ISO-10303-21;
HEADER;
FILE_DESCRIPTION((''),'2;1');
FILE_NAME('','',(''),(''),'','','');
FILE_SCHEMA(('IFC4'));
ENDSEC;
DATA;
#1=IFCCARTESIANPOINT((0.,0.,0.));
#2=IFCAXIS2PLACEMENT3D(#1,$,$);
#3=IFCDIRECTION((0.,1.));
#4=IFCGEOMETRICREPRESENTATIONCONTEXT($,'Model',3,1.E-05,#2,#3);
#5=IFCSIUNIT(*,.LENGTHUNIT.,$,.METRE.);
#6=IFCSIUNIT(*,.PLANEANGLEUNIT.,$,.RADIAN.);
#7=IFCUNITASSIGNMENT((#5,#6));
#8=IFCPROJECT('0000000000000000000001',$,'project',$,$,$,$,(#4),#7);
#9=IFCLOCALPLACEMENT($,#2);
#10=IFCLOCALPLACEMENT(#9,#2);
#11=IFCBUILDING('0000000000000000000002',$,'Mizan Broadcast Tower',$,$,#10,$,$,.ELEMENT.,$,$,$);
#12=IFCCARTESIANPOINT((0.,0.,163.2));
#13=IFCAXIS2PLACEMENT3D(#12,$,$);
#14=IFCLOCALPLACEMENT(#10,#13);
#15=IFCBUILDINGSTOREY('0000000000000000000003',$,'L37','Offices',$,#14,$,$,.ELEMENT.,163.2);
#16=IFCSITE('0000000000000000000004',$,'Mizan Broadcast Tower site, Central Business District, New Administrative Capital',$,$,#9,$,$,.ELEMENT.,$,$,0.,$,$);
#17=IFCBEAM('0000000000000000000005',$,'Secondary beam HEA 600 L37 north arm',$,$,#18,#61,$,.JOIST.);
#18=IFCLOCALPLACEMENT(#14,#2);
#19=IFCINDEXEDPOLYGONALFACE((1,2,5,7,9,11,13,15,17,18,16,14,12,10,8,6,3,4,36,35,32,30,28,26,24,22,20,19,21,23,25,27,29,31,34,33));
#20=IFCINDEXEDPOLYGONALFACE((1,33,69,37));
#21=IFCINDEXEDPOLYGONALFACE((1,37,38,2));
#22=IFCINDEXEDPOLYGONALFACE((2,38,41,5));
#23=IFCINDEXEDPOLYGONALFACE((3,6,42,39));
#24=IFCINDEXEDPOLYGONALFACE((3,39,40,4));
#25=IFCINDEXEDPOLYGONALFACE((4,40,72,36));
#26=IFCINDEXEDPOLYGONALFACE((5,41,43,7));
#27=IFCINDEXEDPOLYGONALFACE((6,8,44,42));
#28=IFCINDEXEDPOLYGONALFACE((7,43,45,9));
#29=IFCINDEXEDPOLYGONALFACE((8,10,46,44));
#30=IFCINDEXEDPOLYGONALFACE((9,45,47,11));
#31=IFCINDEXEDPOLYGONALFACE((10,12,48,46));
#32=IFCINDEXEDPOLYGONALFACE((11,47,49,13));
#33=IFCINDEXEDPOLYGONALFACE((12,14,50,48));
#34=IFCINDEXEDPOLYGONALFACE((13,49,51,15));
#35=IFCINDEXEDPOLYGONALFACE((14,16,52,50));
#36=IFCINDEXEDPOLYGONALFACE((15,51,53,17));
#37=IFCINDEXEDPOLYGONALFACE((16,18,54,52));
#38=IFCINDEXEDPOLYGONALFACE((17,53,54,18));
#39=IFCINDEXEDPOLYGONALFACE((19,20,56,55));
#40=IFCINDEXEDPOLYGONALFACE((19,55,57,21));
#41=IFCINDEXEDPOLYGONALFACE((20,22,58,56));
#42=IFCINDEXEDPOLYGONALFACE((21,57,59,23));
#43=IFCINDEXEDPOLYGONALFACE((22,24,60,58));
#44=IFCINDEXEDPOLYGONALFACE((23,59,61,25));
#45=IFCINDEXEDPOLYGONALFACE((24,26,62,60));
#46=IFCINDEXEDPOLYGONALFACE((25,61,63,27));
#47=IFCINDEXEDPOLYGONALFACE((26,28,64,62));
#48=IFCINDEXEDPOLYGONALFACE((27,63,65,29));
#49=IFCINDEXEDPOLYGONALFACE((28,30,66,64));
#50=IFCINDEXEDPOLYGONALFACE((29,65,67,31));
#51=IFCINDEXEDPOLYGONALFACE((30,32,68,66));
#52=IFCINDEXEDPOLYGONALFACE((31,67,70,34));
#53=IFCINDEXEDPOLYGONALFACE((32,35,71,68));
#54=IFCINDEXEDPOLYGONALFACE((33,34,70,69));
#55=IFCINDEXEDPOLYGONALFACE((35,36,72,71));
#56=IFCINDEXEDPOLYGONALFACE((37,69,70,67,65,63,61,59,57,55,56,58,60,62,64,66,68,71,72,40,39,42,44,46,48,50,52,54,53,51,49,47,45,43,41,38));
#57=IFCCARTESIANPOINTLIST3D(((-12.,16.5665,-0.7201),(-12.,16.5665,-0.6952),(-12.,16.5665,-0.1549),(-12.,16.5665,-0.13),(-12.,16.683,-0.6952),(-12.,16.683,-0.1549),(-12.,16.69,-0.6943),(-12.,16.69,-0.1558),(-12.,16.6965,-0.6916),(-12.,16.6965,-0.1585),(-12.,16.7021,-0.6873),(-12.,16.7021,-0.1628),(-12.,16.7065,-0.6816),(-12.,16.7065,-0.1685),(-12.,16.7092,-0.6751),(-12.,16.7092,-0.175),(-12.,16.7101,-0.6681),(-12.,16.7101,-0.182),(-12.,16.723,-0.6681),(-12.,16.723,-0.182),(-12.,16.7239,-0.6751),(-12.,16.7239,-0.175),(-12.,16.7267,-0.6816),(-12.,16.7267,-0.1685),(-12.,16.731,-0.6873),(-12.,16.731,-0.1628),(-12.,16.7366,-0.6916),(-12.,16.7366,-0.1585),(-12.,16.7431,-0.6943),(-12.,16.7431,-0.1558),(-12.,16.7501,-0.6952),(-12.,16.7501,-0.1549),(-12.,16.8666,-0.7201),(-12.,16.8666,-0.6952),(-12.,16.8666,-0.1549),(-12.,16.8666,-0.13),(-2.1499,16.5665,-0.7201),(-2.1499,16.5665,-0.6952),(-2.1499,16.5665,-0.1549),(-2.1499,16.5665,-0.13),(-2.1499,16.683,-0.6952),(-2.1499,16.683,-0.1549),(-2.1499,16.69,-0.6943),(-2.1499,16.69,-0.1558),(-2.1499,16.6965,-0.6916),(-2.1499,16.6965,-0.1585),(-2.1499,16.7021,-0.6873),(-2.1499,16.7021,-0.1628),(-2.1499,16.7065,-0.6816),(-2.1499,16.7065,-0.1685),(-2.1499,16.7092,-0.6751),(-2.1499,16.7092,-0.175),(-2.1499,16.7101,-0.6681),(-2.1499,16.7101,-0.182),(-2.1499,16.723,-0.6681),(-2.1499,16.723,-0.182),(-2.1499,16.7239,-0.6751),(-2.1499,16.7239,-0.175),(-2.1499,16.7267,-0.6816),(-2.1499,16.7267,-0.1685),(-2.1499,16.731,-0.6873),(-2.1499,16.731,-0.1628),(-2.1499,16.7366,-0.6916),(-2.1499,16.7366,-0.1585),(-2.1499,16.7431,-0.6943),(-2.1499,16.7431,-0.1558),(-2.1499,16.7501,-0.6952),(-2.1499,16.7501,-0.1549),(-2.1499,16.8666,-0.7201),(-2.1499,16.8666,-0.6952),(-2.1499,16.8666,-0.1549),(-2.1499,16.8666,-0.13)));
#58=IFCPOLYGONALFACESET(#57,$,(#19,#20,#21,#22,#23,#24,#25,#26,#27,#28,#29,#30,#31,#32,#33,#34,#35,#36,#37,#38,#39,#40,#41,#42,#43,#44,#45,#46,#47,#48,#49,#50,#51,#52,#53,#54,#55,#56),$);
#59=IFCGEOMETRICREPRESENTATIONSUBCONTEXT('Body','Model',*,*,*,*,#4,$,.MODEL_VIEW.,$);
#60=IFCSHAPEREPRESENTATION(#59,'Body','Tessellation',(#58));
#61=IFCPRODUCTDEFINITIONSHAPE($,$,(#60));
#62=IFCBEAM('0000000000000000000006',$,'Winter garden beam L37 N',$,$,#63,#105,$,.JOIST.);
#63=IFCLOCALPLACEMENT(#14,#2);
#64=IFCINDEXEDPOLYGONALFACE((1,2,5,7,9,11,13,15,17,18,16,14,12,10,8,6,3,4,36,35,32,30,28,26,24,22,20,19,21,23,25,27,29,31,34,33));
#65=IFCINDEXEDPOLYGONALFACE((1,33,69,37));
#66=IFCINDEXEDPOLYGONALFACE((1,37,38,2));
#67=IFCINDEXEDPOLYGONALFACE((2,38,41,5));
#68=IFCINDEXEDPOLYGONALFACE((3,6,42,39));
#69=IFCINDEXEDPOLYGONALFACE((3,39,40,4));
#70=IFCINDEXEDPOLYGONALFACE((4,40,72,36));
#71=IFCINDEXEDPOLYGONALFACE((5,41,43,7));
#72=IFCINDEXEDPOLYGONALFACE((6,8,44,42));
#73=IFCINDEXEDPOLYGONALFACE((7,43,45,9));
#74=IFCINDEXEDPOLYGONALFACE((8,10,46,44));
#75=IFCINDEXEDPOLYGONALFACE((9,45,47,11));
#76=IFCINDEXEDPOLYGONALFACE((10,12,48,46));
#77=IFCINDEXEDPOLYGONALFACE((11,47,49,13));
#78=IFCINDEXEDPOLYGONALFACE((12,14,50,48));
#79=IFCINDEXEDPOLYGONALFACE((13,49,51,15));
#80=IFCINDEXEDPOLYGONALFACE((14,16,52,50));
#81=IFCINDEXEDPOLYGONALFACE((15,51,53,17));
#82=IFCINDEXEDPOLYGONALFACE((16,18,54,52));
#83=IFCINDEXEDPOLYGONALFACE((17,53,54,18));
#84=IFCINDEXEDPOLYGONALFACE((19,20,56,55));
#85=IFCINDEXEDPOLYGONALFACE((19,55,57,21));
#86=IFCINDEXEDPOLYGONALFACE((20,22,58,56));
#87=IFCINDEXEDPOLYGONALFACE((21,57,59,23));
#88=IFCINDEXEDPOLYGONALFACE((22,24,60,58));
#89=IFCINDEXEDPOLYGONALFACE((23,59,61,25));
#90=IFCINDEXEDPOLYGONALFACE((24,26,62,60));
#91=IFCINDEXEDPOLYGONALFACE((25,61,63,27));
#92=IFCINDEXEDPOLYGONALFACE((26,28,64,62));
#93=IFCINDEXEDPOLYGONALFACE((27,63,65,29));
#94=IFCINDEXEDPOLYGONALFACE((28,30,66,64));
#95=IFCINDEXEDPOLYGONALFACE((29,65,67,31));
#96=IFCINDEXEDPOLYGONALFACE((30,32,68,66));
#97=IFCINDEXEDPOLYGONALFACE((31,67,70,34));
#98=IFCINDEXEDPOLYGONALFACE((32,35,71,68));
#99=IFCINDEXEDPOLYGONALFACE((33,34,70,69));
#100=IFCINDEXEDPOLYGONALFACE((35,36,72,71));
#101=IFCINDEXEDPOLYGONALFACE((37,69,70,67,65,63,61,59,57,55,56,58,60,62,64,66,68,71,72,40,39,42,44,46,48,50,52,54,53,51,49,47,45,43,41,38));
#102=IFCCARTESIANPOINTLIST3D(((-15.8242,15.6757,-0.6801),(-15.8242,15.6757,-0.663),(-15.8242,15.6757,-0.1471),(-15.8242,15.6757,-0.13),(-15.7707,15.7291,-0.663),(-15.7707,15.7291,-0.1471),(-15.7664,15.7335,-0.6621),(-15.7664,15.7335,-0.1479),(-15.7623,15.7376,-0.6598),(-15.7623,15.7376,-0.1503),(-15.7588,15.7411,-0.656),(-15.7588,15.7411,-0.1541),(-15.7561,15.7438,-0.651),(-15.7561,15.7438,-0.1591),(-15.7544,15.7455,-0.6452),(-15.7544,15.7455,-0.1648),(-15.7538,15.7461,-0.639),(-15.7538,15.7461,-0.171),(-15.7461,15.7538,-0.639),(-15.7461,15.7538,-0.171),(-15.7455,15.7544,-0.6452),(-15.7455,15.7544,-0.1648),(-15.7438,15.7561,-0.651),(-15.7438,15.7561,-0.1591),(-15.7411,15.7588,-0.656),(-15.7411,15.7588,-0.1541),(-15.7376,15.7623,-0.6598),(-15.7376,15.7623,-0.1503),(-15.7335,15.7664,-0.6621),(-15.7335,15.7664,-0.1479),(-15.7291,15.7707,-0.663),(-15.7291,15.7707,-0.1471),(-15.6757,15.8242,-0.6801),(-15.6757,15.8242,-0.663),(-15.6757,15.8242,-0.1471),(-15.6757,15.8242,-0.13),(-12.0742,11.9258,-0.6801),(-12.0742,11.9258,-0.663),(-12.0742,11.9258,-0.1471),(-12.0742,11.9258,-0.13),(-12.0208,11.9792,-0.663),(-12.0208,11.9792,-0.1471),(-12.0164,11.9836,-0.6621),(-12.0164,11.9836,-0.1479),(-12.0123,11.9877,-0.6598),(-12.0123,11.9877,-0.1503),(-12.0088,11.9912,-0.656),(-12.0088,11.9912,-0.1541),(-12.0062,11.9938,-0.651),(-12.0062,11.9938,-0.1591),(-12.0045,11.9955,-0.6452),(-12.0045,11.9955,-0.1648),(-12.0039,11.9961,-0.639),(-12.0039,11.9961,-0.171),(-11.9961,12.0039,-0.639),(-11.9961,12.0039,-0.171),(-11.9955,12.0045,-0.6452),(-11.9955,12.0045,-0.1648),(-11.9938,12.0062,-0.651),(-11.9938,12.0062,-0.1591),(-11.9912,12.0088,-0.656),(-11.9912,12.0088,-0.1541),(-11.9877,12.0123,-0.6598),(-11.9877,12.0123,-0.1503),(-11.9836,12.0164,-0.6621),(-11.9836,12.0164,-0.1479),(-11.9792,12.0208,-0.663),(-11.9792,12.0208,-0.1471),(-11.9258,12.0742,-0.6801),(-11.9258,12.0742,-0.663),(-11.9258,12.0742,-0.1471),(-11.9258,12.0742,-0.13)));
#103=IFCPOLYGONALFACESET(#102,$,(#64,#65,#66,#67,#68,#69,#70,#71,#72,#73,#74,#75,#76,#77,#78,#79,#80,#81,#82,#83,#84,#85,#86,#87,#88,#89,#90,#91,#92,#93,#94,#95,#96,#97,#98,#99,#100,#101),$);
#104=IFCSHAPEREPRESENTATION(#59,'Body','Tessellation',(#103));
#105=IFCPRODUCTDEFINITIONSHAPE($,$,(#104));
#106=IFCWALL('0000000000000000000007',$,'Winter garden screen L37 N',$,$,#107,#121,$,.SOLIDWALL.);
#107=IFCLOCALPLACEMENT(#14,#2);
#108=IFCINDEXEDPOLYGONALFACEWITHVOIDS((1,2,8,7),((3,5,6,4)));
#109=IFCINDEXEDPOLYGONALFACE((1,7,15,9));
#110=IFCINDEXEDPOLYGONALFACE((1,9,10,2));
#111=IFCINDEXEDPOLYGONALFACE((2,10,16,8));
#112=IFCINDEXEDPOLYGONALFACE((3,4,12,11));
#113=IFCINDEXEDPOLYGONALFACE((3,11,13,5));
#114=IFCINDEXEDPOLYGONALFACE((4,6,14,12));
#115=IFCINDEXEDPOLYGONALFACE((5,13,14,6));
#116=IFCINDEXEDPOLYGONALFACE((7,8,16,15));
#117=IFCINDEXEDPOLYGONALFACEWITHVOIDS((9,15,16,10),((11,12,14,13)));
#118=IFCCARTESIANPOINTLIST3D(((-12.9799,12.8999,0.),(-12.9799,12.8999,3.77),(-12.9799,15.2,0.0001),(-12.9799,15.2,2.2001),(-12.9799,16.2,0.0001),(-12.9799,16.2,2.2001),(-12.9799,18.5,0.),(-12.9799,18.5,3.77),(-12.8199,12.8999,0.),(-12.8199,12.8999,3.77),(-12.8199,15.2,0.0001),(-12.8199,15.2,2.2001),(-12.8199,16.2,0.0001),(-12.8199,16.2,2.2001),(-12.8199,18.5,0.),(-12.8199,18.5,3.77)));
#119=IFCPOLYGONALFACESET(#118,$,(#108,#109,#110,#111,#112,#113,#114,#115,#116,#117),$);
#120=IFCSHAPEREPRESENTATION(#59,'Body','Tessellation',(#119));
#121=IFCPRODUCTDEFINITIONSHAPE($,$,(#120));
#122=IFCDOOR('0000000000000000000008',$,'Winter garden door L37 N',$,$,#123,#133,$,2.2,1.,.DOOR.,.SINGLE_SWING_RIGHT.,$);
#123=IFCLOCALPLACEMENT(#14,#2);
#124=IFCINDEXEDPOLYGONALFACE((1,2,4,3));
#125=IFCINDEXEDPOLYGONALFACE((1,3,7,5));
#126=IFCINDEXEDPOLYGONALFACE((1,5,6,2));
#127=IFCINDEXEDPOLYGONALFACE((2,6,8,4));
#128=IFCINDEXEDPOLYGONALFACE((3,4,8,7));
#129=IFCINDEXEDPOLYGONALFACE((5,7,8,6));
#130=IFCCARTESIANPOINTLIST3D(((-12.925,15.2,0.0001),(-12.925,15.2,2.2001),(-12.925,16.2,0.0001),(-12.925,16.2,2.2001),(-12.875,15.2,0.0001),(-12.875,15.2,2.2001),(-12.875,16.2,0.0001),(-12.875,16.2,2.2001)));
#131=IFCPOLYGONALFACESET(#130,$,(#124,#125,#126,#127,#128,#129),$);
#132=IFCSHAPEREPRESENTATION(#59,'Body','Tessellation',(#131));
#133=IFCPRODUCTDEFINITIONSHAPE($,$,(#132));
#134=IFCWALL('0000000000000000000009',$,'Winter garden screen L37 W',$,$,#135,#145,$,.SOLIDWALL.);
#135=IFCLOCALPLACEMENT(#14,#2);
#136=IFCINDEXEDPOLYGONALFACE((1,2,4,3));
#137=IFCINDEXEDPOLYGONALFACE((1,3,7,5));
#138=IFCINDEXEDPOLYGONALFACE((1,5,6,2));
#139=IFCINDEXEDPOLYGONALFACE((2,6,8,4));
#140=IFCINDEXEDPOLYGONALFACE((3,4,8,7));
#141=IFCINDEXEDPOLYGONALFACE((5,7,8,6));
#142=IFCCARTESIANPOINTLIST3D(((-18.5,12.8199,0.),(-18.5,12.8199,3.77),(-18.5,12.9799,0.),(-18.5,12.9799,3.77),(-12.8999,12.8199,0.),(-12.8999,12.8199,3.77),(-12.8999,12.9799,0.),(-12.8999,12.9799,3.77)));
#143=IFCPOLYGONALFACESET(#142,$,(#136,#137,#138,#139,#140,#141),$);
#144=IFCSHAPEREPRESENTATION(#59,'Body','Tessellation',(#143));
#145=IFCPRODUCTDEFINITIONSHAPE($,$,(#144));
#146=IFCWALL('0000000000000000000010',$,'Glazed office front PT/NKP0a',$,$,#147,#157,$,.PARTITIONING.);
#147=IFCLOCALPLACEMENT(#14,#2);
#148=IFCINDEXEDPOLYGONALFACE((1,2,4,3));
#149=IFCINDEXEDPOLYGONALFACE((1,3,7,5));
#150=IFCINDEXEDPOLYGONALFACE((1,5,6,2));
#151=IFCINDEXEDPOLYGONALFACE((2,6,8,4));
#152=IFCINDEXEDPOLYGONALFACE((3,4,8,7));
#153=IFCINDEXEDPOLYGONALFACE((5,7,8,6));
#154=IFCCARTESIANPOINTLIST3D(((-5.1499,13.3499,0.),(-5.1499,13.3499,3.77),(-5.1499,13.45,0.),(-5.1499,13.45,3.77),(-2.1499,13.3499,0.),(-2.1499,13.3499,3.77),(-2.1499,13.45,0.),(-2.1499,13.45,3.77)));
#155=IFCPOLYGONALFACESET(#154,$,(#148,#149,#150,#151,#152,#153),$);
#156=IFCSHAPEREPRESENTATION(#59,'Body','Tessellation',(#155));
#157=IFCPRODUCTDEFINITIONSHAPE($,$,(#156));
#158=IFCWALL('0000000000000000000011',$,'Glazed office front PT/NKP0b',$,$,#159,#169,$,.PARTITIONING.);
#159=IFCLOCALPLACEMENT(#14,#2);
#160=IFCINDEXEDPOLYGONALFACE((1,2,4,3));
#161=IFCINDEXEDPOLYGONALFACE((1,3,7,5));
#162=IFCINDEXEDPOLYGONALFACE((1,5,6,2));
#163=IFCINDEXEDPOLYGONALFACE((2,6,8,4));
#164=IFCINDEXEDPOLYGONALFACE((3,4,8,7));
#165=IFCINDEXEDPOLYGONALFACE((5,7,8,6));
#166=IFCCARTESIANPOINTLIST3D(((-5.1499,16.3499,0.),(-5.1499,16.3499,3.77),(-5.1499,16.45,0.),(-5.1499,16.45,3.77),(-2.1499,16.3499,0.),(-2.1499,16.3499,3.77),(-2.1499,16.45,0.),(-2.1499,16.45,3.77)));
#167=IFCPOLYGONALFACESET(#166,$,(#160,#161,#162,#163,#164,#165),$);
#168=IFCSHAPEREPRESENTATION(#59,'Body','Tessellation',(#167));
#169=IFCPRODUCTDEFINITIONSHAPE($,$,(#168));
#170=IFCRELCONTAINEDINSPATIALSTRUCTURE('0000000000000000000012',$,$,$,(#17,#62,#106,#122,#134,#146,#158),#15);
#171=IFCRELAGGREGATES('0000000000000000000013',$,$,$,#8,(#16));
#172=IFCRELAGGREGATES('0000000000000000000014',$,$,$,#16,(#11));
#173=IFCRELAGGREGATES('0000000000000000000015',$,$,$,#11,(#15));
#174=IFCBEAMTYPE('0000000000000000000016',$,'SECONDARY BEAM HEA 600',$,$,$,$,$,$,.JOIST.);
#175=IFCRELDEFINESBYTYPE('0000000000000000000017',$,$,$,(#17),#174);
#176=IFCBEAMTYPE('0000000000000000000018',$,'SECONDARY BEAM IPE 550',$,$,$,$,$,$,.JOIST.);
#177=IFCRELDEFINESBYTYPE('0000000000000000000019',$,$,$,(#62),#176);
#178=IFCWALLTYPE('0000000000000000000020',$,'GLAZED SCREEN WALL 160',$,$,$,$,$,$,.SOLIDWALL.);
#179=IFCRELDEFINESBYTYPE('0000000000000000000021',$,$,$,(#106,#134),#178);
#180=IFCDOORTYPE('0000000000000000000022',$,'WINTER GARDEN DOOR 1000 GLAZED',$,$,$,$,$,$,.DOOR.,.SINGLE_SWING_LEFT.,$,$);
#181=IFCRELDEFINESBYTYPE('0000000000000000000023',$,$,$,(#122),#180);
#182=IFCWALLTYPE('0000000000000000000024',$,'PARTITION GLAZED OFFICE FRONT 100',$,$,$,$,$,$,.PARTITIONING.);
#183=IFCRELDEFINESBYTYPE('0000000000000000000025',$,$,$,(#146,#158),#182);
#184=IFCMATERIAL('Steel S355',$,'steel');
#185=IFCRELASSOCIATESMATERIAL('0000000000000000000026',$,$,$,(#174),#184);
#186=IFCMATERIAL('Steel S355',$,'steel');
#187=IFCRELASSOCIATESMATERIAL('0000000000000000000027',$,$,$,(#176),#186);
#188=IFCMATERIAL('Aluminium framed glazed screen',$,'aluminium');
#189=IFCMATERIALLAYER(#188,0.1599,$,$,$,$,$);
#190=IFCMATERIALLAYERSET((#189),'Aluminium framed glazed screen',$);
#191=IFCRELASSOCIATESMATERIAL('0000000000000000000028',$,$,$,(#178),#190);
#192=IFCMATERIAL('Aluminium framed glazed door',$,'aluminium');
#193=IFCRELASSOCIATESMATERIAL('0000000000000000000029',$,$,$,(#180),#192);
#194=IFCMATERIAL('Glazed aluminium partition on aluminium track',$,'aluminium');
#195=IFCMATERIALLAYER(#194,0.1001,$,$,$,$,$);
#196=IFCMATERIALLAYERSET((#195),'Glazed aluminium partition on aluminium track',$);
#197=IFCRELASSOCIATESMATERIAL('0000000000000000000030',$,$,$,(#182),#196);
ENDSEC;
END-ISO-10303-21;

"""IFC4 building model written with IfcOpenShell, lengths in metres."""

from ifc_helpers import new_model, si_unit, direction, frame, frame_2d, origin, origin_2d, place, context, subcontext, project, spatial, rectangle, i_section, extrude, material, layer, layer_set, material_profile, profile_set, type_object, element, fill, save


model = new_model("IFC4")

# Units and contexts
model_context = context("Model", 3, precision=1e-05, world=origin(), true_north=direction((0.0, 1.0)))
body_context = subcontext(model_context, "Body", "Model", "MODEL_VIEW")
ifc_project = project(units=[si_unit("LENGTHUNIT", "METRE"), si_unit("PLANEANGLEUNIT", "RADIAN")], contexts=[model_context])

# Site, building, storey
site_placement = place(None, origin())
site = spatial("IfcSite", under=ifc_project, at=site_placement, Name="Mizan Broadcast Tower site, Central Business District, New Administrative Capital", CompositionType="ELEMENT", RefElevation=0.0)
building_placement = place(site_placement, origin())
building = spatial("IfcBuilding", under=site, at=building_placement, Name="Mizan Broadcast Tower", CompositionType="ELEMENT")
storey_placement = place(building_placement, frame((0.0, 0.0, 163.2)))
storey = spatial("IfcBuildingStorey", under=building, at=storey_placement, Name="L37", Description="Offices", CompositionType="ELEMENT", Elevation=163.2)

# Beams
ifc_material_1 = material(Name="Steel S355", Category="steel")
ifc_material_profile_1 = material_profile(ifc_material_1, i_section(OverallWidth=0.3, OverallDepth=0.5901, WebThickness=0.0129, FlangeThickness=0.0249, FilletRadius=0.0271, at=origin_2d()), Name="HEA 600")
ifc_profile_set_1 = profile_set([ifc_material_profile_1], Name="Steel S355")
beam_type_1 = type_object("IfcBeamType", Name="SECONDARY BEAM HEA 600", PredefinedType="JOIST", material=ifc_profile_set_1)
for number, where, z_axis, x_axis, name in (
    (1, (-12.0, 16.7166, -0.425), (1.0, 0.0, 0.0), (0.0, 1.0, 0.0), "Secondary beam HEA 600 L37 north arm"),
):
    element("IfcBeam", number, at=place(storey_placement, frame(where, z_axis=z_axis, x_axis=x_axis)), inside=storey, type_object=beam_type_1, Name=name, PredefinedType="JOIST", context=body_context, shape_type="SweptSolid", body=[
        extrude(i_section(OverallWidth=0.3, OverallDepth=0.5901, WebThickness=0.0129, FlangeThickness=0.0249, FilletRadius=0.0271, at=origin_2d()), origin(), (0.0, 0.0, 1.0), 9.8501),
    ])
ifc_material_2 = material(Name="Steel S355", Category="steel")
ifc_material_profile_2 = material_profile(ifc_material_2, i_section(OverallWidth=0.21, OverallDepth=0.55, WebThickness=0.011, FlangeThickness=0.0171, FilletRadius=0.0239, at=origin_2d()), Name="IPE 550")
ifc_profile_set_2 = profile_set([ifc_material_profile_2], Name="Steel S355")
beam_type_2 = type_object("IfcBeamType", Name="SECONDARY BEAM IPE 550", PredefinedType="JOIST", material=ifc_profile_set_2)
beam_1_placement = place(storey_placement, frame((-12.0, 12.0, -0.405), z_axis=(-0.707107, 0.707107, 0.0), x_axis=(-0.707107, -0.707107, 0.0)))
element("IfcBeam", 2, at=beam_1_placement, inside=storey, type_object=beam_type_2, Name="Winter garden beam L37 N", PredefinedType="JOIST", context=body_context, shape_type="SweptSolid", body=[
    extrude(i_section(OverallWidth=0.21, OverallDepth=0.55, WebThickness=0.011, FlangeThickness=0.0171, FilletRadius=0.0239, at=origin_2d()), origin(), (0.0, 0.0, 1.0), 5.3032),
])

# Wall, opening, door
ifc_material_3 = material(Name="Aluminium framed glazed screen", Category="aluminium")
ifc_layer_1 = layer(ifc_material_3, 0.1599)
ifc_layer_set_1 = layer_set([ifc_layer_1], Name="Aluminium framed glazed screen")
wall_type_1 = type_object("IfcWallType", Name="GLAZED SCREEN WALL 160", PredefinedType="SOLIDWALL", material=ifc_layer_set_1)
wall_1_placement = place(storey_placement, frame((-12.8999, 18.5, 0.0), z_axis=(0.0, 0.0, 1.0), x_axis=(0.0, -1.0, 0.0)))
wall_1 = element("IfcWall", 3, at=wall_1_placement, inside=storey, type_object=wall_type_1, Name="Winter garden screen L37 N", PredefinedType="SOLIDWALL", context=body_context, shape_type="SweptSolid", body=[
    extrude(rectangle(XDim=5.6001, YDim=0.1599, at=frame_2d((2.8, 0.0))), origin(), (0.0, 0.0, 1.0), 3.77),
])
opening_1_placement = place(wall_1_placement, frame((2.3, 0.0, 0.0)))
opening_1 = element("IfcOpeningElement", 4, at=opening_1_placement, cuts=wall_1, PredefinedType="OPENING", context=body_context, shape_type="SweptSolid", body=[
    extrude(rectangle(XDim=1.0, YDim=2.2, at=frame_2d((0.5, 1.1001))), frame((0.0, 0.0898, 0.0), z_axis=(0.0, -1.0, 0.0), x_axis=(1.0, 0.0, 0.0)), (0.0, 0.0, 1.0), 0.1799),
])
ifc_material_4 = material(Name="Aluminium framed glazed door", Category="aluminium")
door_type_1 = type_object("IfcDoorType", Name="WINTER GARDEN DOOR 1000 GLAZED", OperationType="SINGLE_SWING_LEFT", PredefinedType="DOOR", material=ifc_material_4)
door_1_placement = place(opening_1_placement, origin())
door_1 = element("IfcDoor", 5, at=door_1_placement, inside=storey, type_object=door_type_1, Name="Winter garden door L37 N", OperationType="SINGLE_SWING_RIGHT", OverallHeight=2.2, OverallWidth=1.0, PredefinedType="DOOR", context=body_context, shape_type="SweptSolid", body=[
    extrude(rectangle(XDim=1.0, YDim=2.2, at=frame_2d((0.5, 1.1001))), frame((0.0, 0.0249, 0.0), z_axis=(0.0, -1.0, 0.0), x_axis=(1.0, 0.0, 0.0)), (0.0, 0.0, 1.0), 0.05),
])
fill(opening_1, door_1)

# Walls
wall_2_placement = place(storey_placement, frame((-12.8999, 12.8999, 0.0), z_axis=(0.0, 0.0, 1.0), x_axis=(-1.0, 0.0, 0.0)))
element("IfcWall", 6, at=wall_2_placement, inside=storey, type_object=wall_type_1, Name="Winter garden screen L37 W", PredefinedType="SOLIDWALL", context=body_context, shape_type="SweptSolid", body=[
    extrude(rectangle(XDim=5.6001, YDim=0.1599, at=frame_2d((2.8, 0.0))), origin(), (0.0, 0.0, 1.0), 3.77),
])
ifc_material_5 = material(Name="Glazed aluminium partition on aluminium track", Category="aluminium")
ifc_layer_2 = layer(ifc_material_5, 0.1001)
ifc_layer_set_2 = layer_set([ifc_layer_2], Name="Glazed aluminium partition on aluminium track")
wall_type_2 = type_object("IfcWallType", Name="PARTITION GLAZED OFFICE FRONT 100", PredefinedType="PARTITIONING", material=ifc_layer_set_2)
for number, where, z_axis, x_axis, name in (
    (7, (-2.1499, 13.3999, 0.0), (0.0, 0.0, 1.0), (-1.0, 0.0, 0.0), "Glazed office front PT/NKP0a"),
    (8, (-2.1499, 16.3999, 0.0), (0.0, 0.0, 1.0), (-1.0, 0.0, 0.0), "Glazed office front PT/NKP0b"),
):
    element("IfcWall", number, at=place(storey_placement, frame(where, z_axis=z_axis, x_axis=x_axis)), inside=storey, type_object=wall_type_2, Name=name, PredefinedType="PARTITIONING", context=body_context, shape_type="SweptSolid", body=[
        extrude(rectangle(XDim=3.0, YDim=0.1001, at=frame_2d((1.5, 0.0))), origin(), (0.0, 0.0, 1.0), 3.77),
    ])

save(model, "model.ifc")
